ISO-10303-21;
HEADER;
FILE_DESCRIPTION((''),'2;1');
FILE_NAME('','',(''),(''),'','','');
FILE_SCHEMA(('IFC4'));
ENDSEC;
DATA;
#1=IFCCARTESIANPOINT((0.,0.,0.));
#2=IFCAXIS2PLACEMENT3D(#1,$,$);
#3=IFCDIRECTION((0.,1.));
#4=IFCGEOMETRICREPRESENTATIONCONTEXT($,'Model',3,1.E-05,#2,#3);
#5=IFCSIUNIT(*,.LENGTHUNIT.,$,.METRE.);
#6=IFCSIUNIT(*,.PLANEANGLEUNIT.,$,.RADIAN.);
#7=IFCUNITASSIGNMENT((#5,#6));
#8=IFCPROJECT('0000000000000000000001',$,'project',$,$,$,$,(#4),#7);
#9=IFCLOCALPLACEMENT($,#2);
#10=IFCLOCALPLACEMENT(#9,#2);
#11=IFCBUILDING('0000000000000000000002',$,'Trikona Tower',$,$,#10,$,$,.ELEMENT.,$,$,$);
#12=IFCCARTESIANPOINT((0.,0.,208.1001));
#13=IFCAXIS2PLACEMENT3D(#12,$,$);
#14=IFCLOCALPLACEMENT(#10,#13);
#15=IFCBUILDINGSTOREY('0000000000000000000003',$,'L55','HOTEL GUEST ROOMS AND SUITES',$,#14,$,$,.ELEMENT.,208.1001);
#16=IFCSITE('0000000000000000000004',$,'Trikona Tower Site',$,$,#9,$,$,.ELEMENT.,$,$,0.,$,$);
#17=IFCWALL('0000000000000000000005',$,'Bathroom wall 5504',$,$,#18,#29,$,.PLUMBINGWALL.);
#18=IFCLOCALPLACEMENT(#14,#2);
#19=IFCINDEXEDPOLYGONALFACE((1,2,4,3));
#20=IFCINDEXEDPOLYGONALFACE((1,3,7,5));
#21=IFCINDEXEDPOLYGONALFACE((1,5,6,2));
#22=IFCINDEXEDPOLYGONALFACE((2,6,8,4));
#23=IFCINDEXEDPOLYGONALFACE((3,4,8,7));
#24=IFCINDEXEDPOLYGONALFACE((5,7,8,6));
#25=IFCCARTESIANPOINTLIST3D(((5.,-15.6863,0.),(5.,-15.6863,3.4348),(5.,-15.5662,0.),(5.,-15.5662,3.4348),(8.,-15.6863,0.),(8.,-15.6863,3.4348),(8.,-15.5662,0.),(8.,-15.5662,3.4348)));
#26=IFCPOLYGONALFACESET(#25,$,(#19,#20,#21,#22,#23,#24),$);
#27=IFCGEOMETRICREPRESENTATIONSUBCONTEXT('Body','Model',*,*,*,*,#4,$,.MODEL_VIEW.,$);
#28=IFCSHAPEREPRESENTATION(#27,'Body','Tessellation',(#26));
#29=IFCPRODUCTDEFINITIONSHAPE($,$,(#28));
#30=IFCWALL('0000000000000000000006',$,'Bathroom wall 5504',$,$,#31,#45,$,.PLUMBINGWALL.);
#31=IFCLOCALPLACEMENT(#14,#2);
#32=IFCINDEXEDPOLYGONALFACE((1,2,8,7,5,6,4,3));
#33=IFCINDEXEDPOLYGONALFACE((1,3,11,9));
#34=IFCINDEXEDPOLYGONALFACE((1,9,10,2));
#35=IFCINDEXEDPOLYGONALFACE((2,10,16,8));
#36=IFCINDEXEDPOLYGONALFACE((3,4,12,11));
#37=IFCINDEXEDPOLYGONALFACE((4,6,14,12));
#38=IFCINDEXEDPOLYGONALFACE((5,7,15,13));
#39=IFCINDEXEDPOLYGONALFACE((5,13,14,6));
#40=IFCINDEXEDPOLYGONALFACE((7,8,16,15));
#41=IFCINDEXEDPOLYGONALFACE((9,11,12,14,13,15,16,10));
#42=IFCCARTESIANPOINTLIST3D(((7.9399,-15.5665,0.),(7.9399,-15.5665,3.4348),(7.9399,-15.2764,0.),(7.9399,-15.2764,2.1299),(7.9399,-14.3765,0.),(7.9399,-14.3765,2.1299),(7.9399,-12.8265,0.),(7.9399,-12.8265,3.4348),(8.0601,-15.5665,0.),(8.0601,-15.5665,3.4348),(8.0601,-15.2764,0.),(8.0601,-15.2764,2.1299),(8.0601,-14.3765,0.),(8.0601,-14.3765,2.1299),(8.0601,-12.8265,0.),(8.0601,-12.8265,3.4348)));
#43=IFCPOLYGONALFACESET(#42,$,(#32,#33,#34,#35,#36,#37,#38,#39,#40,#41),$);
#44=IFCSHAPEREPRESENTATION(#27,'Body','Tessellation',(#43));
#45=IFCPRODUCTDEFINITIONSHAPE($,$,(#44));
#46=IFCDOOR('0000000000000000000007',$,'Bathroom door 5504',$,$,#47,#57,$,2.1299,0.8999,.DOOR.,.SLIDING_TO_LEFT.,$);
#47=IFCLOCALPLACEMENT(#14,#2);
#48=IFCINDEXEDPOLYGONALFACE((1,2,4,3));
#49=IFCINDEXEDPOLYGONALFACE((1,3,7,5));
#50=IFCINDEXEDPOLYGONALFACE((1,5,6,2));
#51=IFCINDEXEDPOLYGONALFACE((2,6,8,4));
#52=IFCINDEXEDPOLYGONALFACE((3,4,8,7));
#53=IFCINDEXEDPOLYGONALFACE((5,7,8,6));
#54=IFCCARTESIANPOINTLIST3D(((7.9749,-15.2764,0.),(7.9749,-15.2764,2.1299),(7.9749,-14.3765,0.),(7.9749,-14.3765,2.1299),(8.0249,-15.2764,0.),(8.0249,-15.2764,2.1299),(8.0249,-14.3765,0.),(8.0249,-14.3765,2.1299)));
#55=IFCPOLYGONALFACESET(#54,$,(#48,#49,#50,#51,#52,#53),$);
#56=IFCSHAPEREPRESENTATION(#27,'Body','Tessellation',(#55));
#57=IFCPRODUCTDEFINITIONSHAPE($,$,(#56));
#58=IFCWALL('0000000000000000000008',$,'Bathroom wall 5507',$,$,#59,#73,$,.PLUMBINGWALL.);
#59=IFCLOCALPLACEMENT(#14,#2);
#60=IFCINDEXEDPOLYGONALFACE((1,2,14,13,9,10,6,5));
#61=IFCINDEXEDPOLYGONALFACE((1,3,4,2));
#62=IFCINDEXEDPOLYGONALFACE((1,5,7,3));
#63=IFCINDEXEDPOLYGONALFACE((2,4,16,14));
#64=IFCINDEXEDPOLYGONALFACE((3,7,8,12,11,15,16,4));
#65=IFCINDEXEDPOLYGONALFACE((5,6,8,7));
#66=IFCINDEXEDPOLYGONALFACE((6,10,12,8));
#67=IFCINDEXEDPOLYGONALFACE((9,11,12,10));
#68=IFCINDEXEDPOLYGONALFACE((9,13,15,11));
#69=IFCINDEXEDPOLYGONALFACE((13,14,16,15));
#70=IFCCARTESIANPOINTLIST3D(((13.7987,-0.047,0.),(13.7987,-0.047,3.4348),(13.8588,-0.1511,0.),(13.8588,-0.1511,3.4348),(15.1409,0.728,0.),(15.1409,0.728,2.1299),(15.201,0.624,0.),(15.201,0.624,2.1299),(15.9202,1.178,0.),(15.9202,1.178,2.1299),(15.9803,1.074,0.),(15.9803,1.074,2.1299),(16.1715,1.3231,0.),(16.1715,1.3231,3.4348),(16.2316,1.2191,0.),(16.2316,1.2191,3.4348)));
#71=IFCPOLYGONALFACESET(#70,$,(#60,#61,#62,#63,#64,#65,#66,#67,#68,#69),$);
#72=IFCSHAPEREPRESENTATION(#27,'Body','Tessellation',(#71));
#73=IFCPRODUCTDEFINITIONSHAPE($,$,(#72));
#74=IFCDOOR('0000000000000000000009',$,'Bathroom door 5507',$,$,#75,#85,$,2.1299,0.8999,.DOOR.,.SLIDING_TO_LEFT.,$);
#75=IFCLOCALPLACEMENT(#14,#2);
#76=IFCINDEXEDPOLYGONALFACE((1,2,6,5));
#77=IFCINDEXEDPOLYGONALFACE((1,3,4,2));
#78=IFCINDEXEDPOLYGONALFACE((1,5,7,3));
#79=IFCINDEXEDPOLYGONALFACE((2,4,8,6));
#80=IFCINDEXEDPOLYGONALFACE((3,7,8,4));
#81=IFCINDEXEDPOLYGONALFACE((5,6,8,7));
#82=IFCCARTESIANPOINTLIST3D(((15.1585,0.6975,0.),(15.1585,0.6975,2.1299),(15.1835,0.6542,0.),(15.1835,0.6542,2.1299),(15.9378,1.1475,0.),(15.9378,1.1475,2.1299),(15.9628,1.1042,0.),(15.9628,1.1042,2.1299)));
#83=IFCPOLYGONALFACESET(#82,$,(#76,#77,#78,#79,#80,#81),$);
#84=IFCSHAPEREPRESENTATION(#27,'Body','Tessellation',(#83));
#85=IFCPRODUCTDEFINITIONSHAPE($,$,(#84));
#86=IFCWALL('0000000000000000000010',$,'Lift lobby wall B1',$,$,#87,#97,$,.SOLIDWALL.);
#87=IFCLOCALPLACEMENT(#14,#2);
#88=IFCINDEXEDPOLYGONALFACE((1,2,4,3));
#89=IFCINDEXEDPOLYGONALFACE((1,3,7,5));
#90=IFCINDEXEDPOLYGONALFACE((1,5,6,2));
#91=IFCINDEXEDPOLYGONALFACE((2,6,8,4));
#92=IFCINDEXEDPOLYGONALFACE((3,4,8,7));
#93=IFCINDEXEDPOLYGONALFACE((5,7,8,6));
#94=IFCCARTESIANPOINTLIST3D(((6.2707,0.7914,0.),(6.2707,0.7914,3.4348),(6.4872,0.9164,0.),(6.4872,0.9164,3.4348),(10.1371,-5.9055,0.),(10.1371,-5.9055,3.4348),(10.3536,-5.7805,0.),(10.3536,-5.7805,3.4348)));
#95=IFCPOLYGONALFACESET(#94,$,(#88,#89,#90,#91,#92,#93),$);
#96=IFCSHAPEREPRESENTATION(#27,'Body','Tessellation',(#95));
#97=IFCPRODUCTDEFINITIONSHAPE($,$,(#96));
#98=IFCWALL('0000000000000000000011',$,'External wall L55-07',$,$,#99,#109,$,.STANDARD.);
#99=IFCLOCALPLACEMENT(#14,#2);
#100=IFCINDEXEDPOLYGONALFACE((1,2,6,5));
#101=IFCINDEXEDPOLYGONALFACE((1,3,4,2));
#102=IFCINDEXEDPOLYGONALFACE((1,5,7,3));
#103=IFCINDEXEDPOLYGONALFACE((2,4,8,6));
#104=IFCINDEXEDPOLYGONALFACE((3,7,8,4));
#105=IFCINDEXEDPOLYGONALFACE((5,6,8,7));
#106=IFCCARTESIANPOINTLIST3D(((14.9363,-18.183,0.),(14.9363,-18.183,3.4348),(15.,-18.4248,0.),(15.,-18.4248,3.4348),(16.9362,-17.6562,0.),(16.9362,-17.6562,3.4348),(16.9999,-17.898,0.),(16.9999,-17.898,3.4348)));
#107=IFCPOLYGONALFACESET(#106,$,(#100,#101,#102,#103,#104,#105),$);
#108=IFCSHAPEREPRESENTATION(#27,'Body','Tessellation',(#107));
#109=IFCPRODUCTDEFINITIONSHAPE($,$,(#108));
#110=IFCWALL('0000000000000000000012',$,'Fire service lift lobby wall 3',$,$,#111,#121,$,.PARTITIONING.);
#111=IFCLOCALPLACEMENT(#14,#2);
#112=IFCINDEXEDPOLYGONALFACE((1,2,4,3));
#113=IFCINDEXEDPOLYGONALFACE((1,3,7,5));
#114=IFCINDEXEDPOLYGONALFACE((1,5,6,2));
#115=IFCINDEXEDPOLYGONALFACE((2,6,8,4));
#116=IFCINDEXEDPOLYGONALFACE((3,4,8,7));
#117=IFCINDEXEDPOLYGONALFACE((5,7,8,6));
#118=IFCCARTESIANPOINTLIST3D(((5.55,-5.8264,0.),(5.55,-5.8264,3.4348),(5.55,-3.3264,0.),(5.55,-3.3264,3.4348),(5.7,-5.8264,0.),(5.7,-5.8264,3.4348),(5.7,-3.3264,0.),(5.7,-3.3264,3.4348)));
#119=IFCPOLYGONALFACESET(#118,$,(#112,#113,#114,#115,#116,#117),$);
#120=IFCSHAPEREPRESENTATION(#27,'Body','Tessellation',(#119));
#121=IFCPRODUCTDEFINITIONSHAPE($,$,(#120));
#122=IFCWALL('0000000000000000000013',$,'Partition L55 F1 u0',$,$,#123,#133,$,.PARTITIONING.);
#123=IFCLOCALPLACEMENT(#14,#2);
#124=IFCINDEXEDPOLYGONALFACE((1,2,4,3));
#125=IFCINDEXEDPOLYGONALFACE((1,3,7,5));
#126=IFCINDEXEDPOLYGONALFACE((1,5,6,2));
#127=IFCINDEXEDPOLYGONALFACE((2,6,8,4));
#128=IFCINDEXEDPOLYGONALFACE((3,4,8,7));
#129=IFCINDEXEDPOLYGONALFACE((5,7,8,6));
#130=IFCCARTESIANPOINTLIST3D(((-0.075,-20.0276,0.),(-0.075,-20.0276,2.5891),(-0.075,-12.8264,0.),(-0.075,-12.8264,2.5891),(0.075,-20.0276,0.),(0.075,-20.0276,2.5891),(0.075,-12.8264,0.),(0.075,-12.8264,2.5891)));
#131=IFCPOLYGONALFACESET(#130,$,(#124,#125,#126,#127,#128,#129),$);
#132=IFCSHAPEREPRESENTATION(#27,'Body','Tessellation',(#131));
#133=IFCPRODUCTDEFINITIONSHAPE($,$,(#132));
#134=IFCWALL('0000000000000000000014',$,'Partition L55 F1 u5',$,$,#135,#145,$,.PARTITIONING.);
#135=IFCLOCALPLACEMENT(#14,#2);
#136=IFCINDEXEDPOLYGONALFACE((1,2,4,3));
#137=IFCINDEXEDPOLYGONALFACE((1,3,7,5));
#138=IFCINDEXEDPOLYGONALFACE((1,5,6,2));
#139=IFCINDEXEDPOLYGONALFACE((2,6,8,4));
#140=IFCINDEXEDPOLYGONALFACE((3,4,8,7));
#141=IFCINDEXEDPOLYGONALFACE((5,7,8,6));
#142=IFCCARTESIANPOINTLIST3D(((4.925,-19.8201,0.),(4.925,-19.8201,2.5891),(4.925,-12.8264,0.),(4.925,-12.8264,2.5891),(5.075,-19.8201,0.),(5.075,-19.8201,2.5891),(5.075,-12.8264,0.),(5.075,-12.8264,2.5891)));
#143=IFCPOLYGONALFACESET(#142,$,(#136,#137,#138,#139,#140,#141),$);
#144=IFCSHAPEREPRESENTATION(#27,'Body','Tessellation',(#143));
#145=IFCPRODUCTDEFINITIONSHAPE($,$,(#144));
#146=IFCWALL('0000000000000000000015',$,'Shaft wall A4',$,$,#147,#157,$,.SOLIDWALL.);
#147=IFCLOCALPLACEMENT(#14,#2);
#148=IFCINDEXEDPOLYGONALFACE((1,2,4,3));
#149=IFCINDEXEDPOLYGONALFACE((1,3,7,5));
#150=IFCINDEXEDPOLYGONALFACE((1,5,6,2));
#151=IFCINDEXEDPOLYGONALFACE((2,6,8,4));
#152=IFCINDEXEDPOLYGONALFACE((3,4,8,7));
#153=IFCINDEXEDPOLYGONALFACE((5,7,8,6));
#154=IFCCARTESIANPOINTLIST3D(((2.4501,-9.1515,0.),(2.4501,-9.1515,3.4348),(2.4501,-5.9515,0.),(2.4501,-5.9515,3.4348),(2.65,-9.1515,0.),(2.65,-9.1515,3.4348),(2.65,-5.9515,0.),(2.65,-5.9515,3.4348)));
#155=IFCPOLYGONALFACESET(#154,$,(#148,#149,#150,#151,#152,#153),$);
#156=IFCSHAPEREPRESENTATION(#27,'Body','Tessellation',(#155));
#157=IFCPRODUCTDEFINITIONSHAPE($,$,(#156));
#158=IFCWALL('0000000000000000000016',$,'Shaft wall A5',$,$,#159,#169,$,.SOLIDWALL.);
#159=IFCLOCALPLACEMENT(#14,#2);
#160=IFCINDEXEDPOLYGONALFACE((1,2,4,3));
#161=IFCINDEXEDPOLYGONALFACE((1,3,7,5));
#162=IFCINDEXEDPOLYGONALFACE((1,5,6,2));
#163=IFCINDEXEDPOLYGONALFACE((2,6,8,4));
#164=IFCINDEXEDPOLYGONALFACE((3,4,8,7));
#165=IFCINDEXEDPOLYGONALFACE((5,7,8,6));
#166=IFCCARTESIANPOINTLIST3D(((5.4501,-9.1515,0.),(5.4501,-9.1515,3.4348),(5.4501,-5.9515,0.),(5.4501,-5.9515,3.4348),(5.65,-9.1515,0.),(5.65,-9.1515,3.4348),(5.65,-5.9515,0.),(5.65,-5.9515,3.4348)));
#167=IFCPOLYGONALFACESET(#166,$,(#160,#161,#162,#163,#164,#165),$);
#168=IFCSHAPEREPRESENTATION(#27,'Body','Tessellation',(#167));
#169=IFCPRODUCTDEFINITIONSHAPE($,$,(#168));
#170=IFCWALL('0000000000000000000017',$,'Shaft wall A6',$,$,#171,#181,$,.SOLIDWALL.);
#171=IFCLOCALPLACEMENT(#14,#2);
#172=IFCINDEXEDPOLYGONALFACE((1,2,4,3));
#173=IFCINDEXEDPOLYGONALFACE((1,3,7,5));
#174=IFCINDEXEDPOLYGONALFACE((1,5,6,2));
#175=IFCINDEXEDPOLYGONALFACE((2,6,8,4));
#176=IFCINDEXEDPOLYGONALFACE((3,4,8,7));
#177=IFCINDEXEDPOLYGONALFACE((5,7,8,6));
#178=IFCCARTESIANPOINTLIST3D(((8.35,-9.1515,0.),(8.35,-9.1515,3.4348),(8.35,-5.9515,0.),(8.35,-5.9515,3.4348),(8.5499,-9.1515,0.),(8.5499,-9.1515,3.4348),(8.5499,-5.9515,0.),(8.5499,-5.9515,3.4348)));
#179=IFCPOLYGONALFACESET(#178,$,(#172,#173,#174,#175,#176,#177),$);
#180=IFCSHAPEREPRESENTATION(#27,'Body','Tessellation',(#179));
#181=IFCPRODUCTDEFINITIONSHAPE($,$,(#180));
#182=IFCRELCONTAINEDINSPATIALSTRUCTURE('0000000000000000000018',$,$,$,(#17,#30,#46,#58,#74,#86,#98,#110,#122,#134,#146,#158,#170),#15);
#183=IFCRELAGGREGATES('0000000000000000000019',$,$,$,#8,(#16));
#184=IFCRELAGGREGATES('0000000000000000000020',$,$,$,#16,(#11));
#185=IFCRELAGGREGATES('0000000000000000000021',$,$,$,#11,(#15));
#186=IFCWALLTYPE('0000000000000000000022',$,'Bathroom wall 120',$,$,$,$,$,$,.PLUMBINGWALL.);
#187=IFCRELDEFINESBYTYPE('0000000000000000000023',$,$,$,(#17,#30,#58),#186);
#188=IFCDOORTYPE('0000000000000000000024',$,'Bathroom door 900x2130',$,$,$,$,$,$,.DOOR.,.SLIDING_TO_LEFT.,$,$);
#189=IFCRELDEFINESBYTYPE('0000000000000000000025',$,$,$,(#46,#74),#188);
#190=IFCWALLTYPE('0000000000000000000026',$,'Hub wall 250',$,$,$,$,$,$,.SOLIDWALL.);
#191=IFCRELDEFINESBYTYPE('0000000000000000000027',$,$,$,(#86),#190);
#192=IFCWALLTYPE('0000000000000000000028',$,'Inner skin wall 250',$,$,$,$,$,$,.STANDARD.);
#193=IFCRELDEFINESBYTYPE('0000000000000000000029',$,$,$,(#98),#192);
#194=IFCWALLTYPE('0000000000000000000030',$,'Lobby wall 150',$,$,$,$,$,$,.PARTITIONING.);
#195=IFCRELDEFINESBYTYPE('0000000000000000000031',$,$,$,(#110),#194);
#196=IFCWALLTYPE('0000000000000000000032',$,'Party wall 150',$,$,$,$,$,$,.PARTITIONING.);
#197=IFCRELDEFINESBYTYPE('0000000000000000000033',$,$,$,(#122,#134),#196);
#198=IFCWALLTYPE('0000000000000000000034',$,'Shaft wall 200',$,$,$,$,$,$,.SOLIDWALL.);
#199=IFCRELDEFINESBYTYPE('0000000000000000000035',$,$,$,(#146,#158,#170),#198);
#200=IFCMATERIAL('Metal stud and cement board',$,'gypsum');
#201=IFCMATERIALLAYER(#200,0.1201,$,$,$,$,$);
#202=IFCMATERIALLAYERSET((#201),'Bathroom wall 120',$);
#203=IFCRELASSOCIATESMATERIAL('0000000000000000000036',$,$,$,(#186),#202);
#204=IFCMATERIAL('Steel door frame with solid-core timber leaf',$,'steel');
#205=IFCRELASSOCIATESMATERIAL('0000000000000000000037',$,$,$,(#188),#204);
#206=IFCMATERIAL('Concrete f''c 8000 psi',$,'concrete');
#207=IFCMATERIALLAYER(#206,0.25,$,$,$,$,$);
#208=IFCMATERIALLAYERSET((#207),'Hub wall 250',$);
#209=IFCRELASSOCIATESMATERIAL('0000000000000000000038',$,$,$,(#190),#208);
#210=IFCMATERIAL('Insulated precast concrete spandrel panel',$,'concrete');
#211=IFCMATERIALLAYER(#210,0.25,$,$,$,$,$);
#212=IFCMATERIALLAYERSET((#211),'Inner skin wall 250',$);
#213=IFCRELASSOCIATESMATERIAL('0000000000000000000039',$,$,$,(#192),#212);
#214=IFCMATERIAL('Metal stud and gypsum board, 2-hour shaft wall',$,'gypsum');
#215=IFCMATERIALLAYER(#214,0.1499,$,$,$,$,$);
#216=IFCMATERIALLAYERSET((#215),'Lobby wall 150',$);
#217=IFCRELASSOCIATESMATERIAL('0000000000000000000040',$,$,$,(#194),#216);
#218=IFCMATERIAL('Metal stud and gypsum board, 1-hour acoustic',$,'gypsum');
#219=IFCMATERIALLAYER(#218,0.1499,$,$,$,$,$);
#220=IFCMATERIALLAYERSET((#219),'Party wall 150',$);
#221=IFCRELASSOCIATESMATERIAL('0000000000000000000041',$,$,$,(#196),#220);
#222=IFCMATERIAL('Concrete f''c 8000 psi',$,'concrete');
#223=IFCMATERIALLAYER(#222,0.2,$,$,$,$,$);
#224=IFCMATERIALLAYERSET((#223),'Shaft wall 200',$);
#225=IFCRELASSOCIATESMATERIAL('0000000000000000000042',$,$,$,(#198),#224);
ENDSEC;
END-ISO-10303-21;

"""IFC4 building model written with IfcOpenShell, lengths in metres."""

from ifc_helpers import new_model, si_unit, direction, frame, frame_2d, origin, place, context, subcontext, project, spatial, rectangle, extrude, material, layer, layer_set, type_object, element, fill, save


model = new_model("IFC4")

# Units and contexts
model_context = context("Model", 3, precision=1e-05, world=origin(), true_north=direction((0.0, 1.0)))
body_context = subcontext(model_context, "Body", "Model", "MODEL_VIEW")
ifc_project = project(units=[si_unit("LENGTHUNIT", "METRE"), si_unit("PLANEANGLEUNIT", "RADIAN")], contexts=[model_context])

# Site, building, storey
site_placement = place(None, origin())
site = spatial("IfcSite", under=ifc_project, at=site_placement, Name="Trikona Tower Site", CompositionType="ELEMENT", RefElevation=0.0)
building_placement = place(site_placement, origin())
building = spatial("IfcBuilding", under=site, at=building_placement, Name="Trikona Tower", CompositionType="ELEMENT")
storey_placement = place(building_placement, frame((0.0, 0.0, 208.1001)))
storey = spatial("IfcBuildingStorey", under=building, at=storey_placement, Name="L55", Description="HOTEL GUEST ROOMS AND SUITES", CompositionType="ELEMENT", Elevation=208.1001)

# Wall
ifc_material_1 = material(Name="Metal stud and cement board", Category="gypsum")
ifc_layer_1 = layer(ifc_material_1, 0.1201)
ifc_layer_set_1 = layer_set([ifc_layer_1], Name="Bathroom wall 120")
wall_type_1 = type_object("IfcWallType", Name="Bathroom wall 120", PredefinedType="PLUMBINGWALL", material=ifc_layer_set_1)
wall_1_placement = place(storey_placement, frame((5.0, -15.6262, 0.0), z_axis=(0.0, 0.0, 1.0), x_axis=(1.0, 0.0, 0.0)))
element("IfcWall", 1, at=wall_1_placement, inside=storey, type_object=wall_type_1, Name="Bathroom wall 5504", PredefinedType="PLUMBINGWALL", context=body_context, shape_type="SweptSolid", body=[
    extrude(rectangle(XDim=3.0, YDim=0.1201, at=frame_2d((1.5, 0.0))), origin(), (0.0, 0.0, 1.0), 3.4348),
])

# Walls, openings, doors
wall_2_placement = place(storey_placement, frame((8.0, -12.8264, 0.0), z_axis=(0.0, 0.0, 1.0), x_axis=(0.0, -1.0, 0.0)))
wall_2 = element("IfcWall", 2, at=wall_2_placement, inside=storey, type_object=wall_type_1, Name="Bathroom wall 5504", PredefinedType="PLUMBINGWALL", context=body_context, shape_type="SweptSolid", body=[
    extrude(rectangle(XDim=2.74, YDim=0.1201, at=frame_2d((1.3701, 0.0))), origin(), (0.0, 0.0, 1.0), 3.4348),
])
opening_1_placement = place(wall_2_placement, frame((1.55, 0.0, 0.0)))
opening_1 = element("IfcOpeningElement", 3, at=opening_1_placement, cuts=wall_2, PredefinedType="OPENING", context=body_context, shape_type="SweptSolid", body=[
    extrude(rectangle(XDim=0.8999, YDim=2.1299, at=frame_2d((0.45, 1.0649))), frame((0.0, 0.0701, 0.0), z_axis=(0.0, -1.0, 0.0), x_axis=(1.0, 0.0, 0.0)), (0.0, 0.0, 1.0), 0.1401),
])
ifc_material_2 = material(Name="Steel door frame with solid-core timber leaf", Category="steel")
door_type_1 = type_object("IfcDoorType", Name="Bathroom door 900x2130", OperationType="SLIDING_TO_LEFT", PredefinedType="DOOR", material=ifc_material_2)
door_1_placement = place(opening_1_placement, origin())
door_1 = element("IfcDoor", 4, at=door_1_placement, inside=storey, type_object=door_type_1, Name="Bathroom door 5504", OperationType="SLIDING_TO_LEFT", OverallHeight=2.1299, OverallWidth=0.8999, PredefinedType="DOOR", context=body_context, shape_type="SweptSolid", body=[
    extrude(rectangle(XDim=0.8999, YDim=2.1299, at=frame_2d((0.45, 1.0649))), frame((0.0, 0.0249, 0.0), z_axis=(0.0, -1.0, 0.0), x_axis=(1.0, 0.0, 0.0)), (0.0, 0.0, 1.0), 0.05),
])
fill(opening_1, door_1)
wall_3_placement = place(storey_placement, frame((13.8286, -0.0991, 0.0), z_axis=(0.0, 0.0, 1.0), x_axis=(0.865997, 0.500049, 0.0)))
wall_3 = element("IfcWall", 5, at=wall_3_placement, inside=storey, type_object=wall_type_1, Name="Bathroom wall 5507", PredefinedType="PLUMBINGWALL", context=body_context, shape_type="SweptSolid", body=[
    extrude(rectangle(XDim=2.74, YDim=0.1201, at=frame_2d((1.3701, 0.0))), origin(), (0.0, 0.0, 1.0), 3.4348),
])
opening_2_placement = place(wall_3_placement, frame((1.55, 0.0, 0.0)))
opening_2 = element("IfcOpeningElement", 6, at=opening_2_placement, cuts=wall_3, PredefinedType="OPENING", context=body_context, shape_type="SweptSolid", body=[
    extrude(rectangle(XDim=0.8999, YDim=2.1299, at=frame_2d((0.45, 1.0649))), frame((0.0, 0.0701, 0.0), z_axis=(0.0, -1.0, 0.0), x_axis=(1.0, 0.0, 0.0)), (0.0, 0.0, 1.0), 0.1401),
])
door_2_placement = place(opening_2_placement, origin())
door_2 = element("IfcDoor", 7, at=door_2_placement, inside=storey, type_object=door_type_1, Name="Bathroom door 5507", OperationType="SLIDING_TO_LEFT", OverallHeight=2.1299, OverallWidth=0.8999, PredefinedType="DOOR", context=body_context, shape_type="SweptSolid", body=[
    extrude(rectangle(XDim=0.8999, YDim=2.1299, at=frame_2d((0.45, 1.0649))), frame((0.0, 0.0249, 0.0), z_axis=(0.0, -1.0, 0.0), x_axis=(1.0, 0.0, 0.0)), (0.0, 0.0, 1.0), 0.05),
])
fill(opening_2, door_2)

# Walls
ifc_material_3 = material(Name="Concrete f'c 8000 psi", Category="concrete")
ifc_layer_2 = layer(ifc_material_3, 0.25)
ifc_layer_set_2 = layer_set([ifc_layer_2], Name="Hub wall 250")
wall_type_2 = type_object("IfcWallType", Name="Hub wall 250", PredefinedType="SOLIDWALL", material=ifc_layer_set_2)
wall_4_placement = place(storey_placement, frame((10.2454, -5.843, 0.0), z_axis=(0.0, 0.0, 1.0), x_axis=(-0.499993, 0.866029, 0.0)))
element("IfcWall", 8, at=wall_4_placement, inside=storey, type_object=wall_type_2, Name="Lift lobby wall B1", PredefinedType="SOLIDWALL", context=body_context, shape_type="SweptSolid", body=[
    extrude(rectangle(XDim=7.7329, YDim=0.25, at=frame_2d((3.8665, 0.0))), origin(), (0.0, 0.0, 1.0), 3.4348),
])
ifc_material_4 = material(Name="Insulated precast concrete spandrel panel", Category="concrete")
ifc_layer_3 = layer(ifc_material_4, 0.25)
ifc_layer_set_3 = layer_set([ifc_layer_3], Name="Inner skin wall 250")
wall_type_3 = type_object("IfcWallType", Name="Inner skin wall 250", PredefinedType="STANDARD", material=ifc_layer_set_3)
wall_5_placement = place(storey_placement, frame((14.968, -18.304, 0.0), z_axis=(0.0, 0.0, 1.0), x_axis=(0.96701, 0.254737, 0.0)))
element("IfcWall", 9, at=wall_5_placement, inside=storey, type_object=wall_type_3, Name="External wall L55-07", PredefinedType="STANDARD", context=body_context, shape_type="SweptSolid", body=[
    extrude(rectangle(XDim=2.0681, YDim=0.25, at=frame_2d((1.0342, 0.0))), origin(), (0.0, 0.0, 1.0), 3.4348),
])
ifc_material_5 = material(Name="Metal stud and gypsum board, 2-hour shaft wall", Category="gypsum")
ifc_layer_4 = layer(ifc_material_5, 0.1499)
ifc_layer_set_4 = layer_set([ifc_layer_4], Name="Lobby wall 150")
wall_type_4 = type_object("IfcWallType", Name="Lobby wall 150", PredefinedType="PARTITIONING", material=ifc_layer_set_4)
wall_6_placement = place(storey_placement, frame((5.625, -5.8264, 0.0), z_axis=(0.0, 0.0, 1.0), x_axis=(0.0, 1.0, 0.0)))
element("IfcWall", 10, at=wall_6_placement, inside=storey, type_object=wall_type_4, Name="Fire service lift lobby wall 3", PredefinedType="PARTITIONING", context=body_context, shape_type="SweptSolid", body=[
    extrude(rectangle(XDim=2.5, YDim=0.1499, at=frame_2d((1.25, 0.0))), origin(), (0.0, 0.0, 1.0), 3.4348),
])
ifc_material_6 = material(Name="Metal stud and gypsum board, 1-hour acoustic", Category="gypsum")
ifc_layer_5 = layer(ifc_material_6, 0.1499)
ifc_layer_set_5 = layer_set([ifc_layer_5], Name="Party wall 150")
wall_type_5 = type_object("IfcWallType", Name="Party wall 150", PredefinedType="PARTITIONING", material=ifc_layer_set_5)
wall_7_placement = place(storey_placement, frame((0.0, -12.8264, 0.0), z_axis=(0.0, 0.0, 1.0), x_axis=(0.0, -1.0, 0.0)))
element("IfcWall", 11, at=wall_7_placement, inside=storey, type_object=wall_type_5, Name="Partition L55 F1 u0", PredefinedType="PARTITIONING", context=body_context, shape_type="SweptSolid", body=[
    extrude(rectangle(XDim=7.2012, YDim=0.1499, at=frame_2d((3.6006, 0.0))), origin(), (0.0, 0.0, 1.0), 2.5891),
])
wall_8_placement = place(storey_placement, frame((5.0, -12.8264, 0.0), z_axis=(0.0, 0.0, 1.0), x_axis=(0.0, -1.0, 0.0)))
element("IfcWall", 12, at=wall_8_placement, inside=storey, type_object=wall_type_5, Name="Partition L55 F1 u5", PredefinedType="PARTITIONING", context=body_context, shape_type="SweptSolid", body=[
    extrude(rectangle(XDim=6.9937, YDim=0.1499, at=frame_2d((3.4968, 0.0))), origin(), (0.0, 0.0, 1.0), 2.5891),
])
ifc_material_7 = material(Name="Concrete f'c 8000 psi", Category="concrete")
ifc_layer_6 = layer(ifc_material_7, 0.2)
ifc_layer_set_6 = layer_set([ifc_layer_6], Name="Shaft wall 200")
wall_type_6 = type_object("IfcWallType", Name="Shaft wall 200", PredefinedType="SOLIDWALL", material=ifc_layer_set_6)
for number, where, z_axis, x_axis, name in (
    (13, (2.55, -5.9514, 0.0), (0.0, 0.0, 1.0), (0.0, -1.0, 0.0), "Shaft wall A4"),
    (14, (5.55, -5.9514, 0.0), (0.0, 0.0, 1.0), (0.0, -1.0, 0.0), "Shaft wall A5"),
    (15, (8.45, -5.9514, 0.0), (0.0, 0.0, 1.0), (0.0, -1.0, 0.0), "Shaft wall A6"),
):
    element("IfcWall", number, at=place(storey_placement, frame(where, z_axis=z_axis, x_axis=x_axis)), inside=storey, type_object=wall_type_6, Name=name, PredefinedType="SOLIDWALL", context=body_context, shape_type="SweptSolid", body=[
        extrude(rectangle(XDim=3.2, YDim=0.2, at=frame_2d((1.6001, 0.0))), origin(), (0.0, 0.0, 1.0), 3.4348),
    ])

save(model, "model.ifc")
